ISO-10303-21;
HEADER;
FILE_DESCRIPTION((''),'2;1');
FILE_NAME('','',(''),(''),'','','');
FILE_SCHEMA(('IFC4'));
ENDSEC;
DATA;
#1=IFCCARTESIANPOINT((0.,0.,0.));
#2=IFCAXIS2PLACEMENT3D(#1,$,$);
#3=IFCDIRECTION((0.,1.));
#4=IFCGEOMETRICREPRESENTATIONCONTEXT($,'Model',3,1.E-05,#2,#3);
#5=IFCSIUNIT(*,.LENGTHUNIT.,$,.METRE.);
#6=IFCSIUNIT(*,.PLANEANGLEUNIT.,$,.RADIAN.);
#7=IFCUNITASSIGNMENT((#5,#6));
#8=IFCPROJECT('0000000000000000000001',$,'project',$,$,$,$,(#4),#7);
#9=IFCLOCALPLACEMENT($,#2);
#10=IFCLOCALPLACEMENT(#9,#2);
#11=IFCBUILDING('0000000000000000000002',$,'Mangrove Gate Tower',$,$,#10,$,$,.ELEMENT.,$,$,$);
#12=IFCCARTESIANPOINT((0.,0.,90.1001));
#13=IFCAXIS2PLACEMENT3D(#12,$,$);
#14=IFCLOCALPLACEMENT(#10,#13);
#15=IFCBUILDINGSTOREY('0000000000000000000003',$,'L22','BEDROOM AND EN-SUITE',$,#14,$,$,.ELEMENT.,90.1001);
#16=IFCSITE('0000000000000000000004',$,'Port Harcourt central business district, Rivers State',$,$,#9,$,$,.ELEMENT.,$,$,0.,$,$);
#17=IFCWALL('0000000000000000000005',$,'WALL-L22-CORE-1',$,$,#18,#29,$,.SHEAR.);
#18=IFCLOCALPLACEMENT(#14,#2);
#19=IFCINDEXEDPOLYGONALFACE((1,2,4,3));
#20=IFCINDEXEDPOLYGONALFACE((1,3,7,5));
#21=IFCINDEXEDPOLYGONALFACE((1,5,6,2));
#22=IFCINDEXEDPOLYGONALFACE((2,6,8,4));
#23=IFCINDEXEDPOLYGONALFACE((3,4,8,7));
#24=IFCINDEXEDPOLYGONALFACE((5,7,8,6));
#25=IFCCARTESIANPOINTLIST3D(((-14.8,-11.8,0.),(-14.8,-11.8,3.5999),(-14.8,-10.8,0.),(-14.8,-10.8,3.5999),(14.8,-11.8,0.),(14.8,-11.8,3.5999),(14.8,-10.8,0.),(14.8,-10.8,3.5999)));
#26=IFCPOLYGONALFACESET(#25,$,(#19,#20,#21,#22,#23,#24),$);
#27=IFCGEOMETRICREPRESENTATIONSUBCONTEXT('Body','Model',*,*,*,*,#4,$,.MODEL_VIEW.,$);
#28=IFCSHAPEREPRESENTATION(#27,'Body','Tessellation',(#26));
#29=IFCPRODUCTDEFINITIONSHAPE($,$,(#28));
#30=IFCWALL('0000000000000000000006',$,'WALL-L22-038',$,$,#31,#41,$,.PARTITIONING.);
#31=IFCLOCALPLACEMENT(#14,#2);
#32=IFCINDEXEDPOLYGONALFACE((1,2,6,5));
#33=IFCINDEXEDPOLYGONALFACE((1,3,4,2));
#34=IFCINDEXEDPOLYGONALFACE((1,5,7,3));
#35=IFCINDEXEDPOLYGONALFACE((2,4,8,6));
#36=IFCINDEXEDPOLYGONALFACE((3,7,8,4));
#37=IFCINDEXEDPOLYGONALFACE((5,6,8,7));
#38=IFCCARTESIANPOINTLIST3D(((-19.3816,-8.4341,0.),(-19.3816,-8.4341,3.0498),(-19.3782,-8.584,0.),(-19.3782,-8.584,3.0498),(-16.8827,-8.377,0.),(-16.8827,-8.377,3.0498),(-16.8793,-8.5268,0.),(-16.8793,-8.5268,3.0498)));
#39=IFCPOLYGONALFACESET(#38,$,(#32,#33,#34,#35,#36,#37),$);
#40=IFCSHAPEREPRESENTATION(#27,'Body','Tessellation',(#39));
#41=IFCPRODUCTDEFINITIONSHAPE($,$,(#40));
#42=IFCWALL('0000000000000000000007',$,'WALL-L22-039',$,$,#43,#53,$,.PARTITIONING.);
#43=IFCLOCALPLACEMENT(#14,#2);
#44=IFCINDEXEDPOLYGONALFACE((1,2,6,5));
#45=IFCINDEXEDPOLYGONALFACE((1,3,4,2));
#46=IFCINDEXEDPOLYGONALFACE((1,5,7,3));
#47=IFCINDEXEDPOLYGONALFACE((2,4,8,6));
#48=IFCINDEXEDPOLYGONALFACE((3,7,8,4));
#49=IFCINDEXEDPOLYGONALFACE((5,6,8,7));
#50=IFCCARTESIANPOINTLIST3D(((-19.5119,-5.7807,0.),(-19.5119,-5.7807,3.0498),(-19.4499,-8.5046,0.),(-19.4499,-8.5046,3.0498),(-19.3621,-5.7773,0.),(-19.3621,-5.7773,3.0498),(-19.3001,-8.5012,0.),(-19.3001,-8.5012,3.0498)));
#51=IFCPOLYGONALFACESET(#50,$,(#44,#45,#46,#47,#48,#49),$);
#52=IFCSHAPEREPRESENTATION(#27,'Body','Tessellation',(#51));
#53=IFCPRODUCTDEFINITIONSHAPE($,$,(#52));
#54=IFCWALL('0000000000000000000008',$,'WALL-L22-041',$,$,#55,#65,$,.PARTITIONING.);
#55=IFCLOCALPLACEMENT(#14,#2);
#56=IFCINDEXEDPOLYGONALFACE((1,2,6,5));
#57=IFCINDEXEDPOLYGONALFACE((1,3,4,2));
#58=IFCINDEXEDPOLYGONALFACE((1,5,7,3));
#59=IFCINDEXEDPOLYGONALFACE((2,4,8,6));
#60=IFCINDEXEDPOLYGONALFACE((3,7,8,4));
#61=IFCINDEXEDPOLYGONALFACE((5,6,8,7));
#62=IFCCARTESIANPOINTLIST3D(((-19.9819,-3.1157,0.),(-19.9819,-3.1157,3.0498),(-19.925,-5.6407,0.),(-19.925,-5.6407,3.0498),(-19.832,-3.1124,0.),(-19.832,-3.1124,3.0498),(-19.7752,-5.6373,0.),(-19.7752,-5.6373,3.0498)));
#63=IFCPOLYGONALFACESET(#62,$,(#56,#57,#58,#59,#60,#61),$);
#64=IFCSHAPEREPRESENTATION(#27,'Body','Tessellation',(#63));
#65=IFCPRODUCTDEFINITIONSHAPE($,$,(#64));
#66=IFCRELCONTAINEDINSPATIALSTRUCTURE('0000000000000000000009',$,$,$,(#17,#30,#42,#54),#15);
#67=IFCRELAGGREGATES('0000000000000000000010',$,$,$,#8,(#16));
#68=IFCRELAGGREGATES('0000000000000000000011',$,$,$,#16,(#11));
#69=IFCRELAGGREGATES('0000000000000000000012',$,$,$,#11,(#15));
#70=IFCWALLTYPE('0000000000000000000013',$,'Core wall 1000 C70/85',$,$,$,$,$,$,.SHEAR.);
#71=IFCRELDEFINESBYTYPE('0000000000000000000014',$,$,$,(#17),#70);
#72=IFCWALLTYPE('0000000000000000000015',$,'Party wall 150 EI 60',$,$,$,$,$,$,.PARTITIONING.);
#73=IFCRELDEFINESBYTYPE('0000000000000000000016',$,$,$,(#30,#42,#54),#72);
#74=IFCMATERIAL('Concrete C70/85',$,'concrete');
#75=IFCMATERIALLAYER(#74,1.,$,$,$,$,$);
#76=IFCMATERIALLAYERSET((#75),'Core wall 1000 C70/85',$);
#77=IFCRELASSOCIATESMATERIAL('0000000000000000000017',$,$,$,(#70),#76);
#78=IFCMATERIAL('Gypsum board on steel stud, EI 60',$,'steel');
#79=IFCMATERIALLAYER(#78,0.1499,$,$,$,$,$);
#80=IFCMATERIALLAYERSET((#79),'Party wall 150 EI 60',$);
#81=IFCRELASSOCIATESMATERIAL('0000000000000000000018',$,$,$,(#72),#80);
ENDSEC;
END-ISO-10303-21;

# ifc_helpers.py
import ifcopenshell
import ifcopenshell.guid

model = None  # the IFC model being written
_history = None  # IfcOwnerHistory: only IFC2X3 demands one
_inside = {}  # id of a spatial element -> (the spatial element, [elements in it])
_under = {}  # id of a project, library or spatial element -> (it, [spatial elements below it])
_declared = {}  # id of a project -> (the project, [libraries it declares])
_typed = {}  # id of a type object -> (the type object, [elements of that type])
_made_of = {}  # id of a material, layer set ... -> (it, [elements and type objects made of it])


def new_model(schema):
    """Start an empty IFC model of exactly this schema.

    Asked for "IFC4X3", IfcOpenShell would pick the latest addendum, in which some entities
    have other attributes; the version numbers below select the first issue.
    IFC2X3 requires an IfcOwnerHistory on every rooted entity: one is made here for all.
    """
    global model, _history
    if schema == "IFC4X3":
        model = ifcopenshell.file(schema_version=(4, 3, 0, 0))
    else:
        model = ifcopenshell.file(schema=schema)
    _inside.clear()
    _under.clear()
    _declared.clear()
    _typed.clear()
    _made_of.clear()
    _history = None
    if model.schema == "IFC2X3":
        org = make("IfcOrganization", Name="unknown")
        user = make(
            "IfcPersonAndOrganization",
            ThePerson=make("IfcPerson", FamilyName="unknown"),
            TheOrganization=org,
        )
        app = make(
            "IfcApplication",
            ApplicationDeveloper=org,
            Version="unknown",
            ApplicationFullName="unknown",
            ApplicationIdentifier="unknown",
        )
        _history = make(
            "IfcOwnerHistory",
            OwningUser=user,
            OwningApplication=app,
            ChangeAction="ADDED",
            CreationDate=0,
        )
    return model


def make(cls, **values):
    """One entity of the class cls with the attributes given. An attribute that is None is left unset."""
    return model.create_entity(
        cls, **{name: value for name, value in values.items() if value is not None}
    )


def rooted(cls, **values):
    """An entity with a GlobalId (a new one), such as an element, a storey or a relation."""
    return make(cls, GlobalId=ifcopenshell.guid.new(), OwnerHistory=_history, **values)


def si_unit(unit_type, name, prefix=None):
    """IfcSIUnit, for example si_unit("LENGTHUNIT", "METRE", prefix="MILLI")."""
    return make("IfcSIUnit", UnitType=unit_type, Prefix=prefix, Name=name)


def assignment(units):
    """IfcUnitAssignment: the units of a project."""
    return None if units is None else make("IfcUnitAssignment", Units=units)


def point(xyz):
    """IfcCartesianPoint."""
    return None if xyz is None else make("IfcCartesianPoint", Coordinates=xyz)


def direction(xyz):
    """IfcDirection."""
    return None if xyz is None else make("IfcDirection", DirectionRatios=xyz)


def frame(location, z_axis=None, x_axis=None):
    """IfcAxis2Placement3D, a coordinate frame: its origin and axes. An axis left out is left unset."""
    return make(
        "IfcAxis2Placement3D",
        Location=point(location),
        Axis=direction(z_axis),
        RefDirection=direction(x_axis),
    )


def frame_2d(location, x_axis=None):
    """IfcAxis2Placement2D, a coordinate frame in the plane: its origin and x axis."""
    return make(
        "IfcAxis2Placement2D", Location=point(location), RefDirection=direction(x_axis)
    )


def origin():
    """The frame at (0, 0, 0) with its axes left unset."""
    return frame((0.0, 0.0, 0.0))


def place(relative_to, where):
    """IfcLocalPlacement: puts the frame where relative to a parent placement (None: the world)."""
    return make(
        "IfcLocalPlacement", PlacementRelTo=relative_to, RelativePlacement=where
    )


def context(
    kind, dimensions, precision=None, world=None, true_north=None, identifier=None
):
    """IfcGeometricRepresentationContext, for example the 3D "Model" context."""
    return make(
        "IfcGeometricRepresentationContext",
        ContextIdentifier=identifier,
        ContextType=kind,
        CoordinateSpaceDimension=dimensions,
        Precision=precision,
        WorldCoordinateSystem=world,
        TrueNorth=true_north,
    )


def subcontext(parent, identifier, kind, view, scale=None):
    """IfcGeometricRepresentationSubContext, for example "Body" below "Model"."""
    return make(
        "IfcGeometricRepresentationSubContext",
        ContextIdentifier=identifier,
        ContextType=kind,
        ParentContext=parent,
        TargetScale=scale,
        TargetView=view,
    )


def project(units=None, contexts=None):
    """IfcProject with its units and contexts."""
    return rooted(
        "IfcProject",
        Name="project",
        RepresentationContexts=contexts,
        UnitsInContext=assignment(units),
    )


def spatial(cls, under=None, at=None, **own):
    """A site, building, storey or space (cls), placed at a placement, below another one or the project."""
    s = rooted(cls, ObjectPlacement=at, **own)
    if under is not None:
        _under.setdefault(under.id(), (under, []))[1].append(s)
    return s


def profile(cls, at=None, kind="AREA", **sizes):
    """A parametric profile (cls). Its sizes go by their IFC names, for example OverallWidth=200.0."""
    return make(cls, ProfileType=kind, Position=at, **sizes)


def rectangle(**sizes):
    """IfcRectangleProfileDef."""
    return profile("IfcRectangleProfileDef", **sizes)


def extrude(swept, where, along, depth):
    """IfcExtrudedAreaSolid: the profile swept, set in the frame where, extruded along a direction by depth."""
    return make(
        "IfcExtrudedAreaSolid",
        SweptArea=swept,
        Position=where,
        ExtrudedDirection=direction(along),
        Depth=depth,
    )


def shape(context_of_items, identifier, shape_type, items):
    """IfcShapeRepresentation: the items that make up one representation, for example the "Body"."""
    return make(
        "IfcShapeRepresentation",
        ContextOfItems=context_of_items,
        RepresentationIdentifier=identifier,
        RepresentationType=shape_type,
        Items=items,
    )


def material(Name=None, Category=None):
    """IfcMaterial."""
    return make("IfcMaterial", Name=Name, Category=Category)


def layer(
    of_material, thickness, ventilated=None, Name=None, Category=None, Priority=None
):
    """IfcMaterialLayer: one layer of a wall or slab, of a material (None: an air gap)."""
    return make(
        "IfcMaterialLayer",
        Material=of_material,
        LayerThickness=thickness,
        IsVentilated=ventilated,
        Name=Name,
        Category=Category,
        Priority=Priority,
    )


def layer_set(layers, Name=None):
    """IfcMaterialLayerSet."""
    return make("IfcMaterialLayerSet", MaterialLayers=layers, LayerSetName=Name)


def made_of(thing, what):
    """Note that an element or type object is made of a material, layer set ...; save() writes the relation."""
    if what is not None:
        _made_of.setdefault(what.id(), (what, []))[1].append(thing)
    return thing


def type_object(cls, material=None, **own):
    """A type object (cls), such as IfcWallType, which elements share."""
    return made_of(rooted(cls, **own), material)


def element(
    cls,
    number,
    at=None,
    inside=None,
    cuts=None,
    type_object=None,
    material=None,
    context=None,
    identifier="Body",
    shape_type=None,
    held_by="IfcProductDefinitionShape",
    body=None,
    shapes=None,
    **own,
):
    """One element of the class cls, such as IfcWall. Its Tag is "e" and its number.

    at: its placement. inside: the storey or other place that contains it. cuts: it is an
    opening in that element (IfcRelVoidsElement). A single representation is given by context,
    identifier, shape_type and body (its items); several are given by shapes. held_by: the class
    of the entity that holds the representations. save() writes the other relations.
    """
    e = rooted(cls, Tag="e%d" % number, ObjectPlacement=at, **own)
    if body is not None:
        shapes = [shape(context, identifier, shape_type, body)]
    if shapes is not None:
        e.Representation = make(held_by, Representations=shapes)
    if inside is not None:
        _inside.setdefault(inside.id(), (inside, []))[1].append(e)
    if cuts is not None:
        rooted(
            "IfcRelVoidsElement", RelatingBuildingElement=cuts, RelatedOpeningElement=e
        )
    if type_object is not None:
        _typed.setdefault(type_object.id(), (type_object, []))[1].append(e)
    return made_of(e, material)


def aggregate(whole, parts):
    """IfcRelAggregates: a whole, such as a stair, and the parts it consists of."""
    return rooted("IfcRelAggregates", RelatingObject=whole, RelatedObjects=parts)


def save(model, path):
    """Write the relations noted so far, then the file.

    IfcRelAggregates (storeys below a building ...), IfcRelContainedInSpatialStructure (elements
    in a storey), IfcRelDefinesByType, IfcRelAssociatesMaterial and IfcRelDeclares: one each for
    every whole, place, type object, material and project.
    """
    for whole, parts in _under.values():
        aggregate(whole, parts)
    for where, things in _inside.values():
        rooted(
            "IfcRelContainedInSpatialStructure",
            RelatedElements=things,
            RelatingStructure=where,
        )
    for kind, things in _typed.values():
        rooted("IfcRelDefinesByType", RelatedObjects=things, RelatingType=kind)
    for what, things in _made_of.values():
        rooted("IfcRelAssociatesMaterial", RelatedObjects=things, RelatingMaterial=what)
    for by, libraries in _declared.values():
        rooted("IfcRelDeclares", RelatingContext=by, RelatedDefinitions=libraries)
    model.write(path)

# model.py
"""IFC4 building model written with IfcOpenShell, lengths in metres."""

from ifc_helpers import new_model, si_unit, direction, frame, frame_2d, origin, place, context, subcontext, project, spatial, rectangle, extrude, material, layer, layer_set, type_object, element, save


model = new_model("IFC4")

# Units and contexts
model_context = context("Model", 3, precision=1e-05, world=origin(), true_north=direction((0.0, 1.0)))
body_context = subcontext(model_context, "Body", "Model", "MODEL_VIEW")
ifc_project = project(units=[si_unit("LENGTHUNIT", "METRE"), si_unit("PLANEANGLEUNIT", "RADIAN")], contexts=[model_context])

# Site, building, storey
site_placement = place(None, origin())
site = spatial("IfcSite", under=ifc_project, at=site_placement, Name="Port Harcourt central business district, Rivers State", CompositionType="ELEMENT", RefElevation=0.0)
building_placement = place(site_placement, origin())
building = spatial("IfcBuilding", under=site, at=building_placement, Name="Mangrove Gate Tower", CompositionType="ELEMENT")
storey_placement = place(building_placement, frame((0.0, 0.0, 90.1001)))
storey = spatial("IfcBuildingStorey", under=building, at=storey_placement, Name="L22", Description="BEDROOM AND EN-SUITE", CompositionType="ELEMENT", Elevation=90.1001)

# Wall
ifc_material_1 = material(Name="Concrete C70/85", Category="concrete")
ifc_layer_1 = layer(ifc_material_1, 1.0)
ifc_layer_set_1 = layer_set([ifc_layer_1], Name="Core wall 1000 C70/85")
wall_type_1 = type_object("IfcWallType", Name="Core wall 1000 C70/85", PredefinedType="SHEAR", material=ifc_layer_set_1)
wall_1_placement = place(storey_placement, frame((-14.8, -11.3, 0.0), z_axis=(0.0, 0.0, 1.0), x_axis=(1.0, 0.0, 0.0)))
element("IfcWall", 1, at=wall_1_placement, inside=storey, type_object=wall_type_1, Name="WALL-L22-CORE-1", PredefinedType="SHEAR", context=body_context, shape_type="SweptSolid", body=[
    extrude(rectangle(XDim=29.6001, YDim=1.0, at=frame_2d((14.8, 0.0))), origin(), (0.0, 0.0, 1.0), 3.5999),
])

# Walls
ifc_material_2 = material(Name="Gypsum board on steel stud, EI 60", Category="steel")
ifc_layer_2 = layer(ifc_material_2, 0.1499)
ifc_layer_set_2 = layer_set([ifc_layer_2], Name="Party wall 150 EI 60")
wall_type_2 = type_object("IfcWallType", Name="Party wall 150 EI 60", PredefinedType="PARTITIONING", material=ifc_layer_set_2)
wall_2_placement = place(storey_placement, frame((-19.3799, -8.509, 0.0), z_axis=(0.0, 0.0, 1.0), x_axis=(0.999739, 0.022857, 0.0)))
element("IfcWall", 2, at=wall_2_placement, inside=storey, type_object=wall_type_2, Name="WALL-L22-038", PredefinedType="PARTITIONING", context=body_context, shape_type="SweptSolid", body=[
    extrude(rectangle(XDim=2.4995, YDim=0.1499, at=frame_2d((1.2498, 0.0))), origin(), (0.0, 0.0, 1.0), 3.0498),
])
wall_3_placement = place(storey_placement, frame((-19.375, -8.5029, 0.0), z_axis=(0.0, 0.0, 1.0), x_axis=(-0.02276, 0.999741, 0.0)))
element("IfcWall", 3, at=wall_3_placement, inside=storey, type_object=wall_type_2, Name="WALL-L22-039", PredefinedType="PARTITIONING", context=body_context, shape_type="SweptSolid", body=[
    extrude(rectangle(XDim=2.7246, YDim=0.1499, at=frame_2d((1.3623, 0.0))), origin(), (0.0, 0.0, 1.0), 3.0498),
])
wall_4_placement = place(storey_placement, frame((-19.8501, -5.6389, 0.0), z_axis=(0.0, 0.0, 1.0), x_axis=(-0.022524, 0.999746, 0.0)))
element("IfcWall", 4, at=wall_4_placement, inside=storey, type_object=wall_type_2, Name="WALL-L22-041", PredefinedType="PARTITIONING", context=body_context, shape_type="SweptSolid", body=[
    extrude(rectangle(XDim=2.5256, YDim=0.1499, at=frame_2d((1.2627, 0.0))), origin(), (0.0, 0.0, 1.0), 3.0498),
])

save(model, "model.ifc")
